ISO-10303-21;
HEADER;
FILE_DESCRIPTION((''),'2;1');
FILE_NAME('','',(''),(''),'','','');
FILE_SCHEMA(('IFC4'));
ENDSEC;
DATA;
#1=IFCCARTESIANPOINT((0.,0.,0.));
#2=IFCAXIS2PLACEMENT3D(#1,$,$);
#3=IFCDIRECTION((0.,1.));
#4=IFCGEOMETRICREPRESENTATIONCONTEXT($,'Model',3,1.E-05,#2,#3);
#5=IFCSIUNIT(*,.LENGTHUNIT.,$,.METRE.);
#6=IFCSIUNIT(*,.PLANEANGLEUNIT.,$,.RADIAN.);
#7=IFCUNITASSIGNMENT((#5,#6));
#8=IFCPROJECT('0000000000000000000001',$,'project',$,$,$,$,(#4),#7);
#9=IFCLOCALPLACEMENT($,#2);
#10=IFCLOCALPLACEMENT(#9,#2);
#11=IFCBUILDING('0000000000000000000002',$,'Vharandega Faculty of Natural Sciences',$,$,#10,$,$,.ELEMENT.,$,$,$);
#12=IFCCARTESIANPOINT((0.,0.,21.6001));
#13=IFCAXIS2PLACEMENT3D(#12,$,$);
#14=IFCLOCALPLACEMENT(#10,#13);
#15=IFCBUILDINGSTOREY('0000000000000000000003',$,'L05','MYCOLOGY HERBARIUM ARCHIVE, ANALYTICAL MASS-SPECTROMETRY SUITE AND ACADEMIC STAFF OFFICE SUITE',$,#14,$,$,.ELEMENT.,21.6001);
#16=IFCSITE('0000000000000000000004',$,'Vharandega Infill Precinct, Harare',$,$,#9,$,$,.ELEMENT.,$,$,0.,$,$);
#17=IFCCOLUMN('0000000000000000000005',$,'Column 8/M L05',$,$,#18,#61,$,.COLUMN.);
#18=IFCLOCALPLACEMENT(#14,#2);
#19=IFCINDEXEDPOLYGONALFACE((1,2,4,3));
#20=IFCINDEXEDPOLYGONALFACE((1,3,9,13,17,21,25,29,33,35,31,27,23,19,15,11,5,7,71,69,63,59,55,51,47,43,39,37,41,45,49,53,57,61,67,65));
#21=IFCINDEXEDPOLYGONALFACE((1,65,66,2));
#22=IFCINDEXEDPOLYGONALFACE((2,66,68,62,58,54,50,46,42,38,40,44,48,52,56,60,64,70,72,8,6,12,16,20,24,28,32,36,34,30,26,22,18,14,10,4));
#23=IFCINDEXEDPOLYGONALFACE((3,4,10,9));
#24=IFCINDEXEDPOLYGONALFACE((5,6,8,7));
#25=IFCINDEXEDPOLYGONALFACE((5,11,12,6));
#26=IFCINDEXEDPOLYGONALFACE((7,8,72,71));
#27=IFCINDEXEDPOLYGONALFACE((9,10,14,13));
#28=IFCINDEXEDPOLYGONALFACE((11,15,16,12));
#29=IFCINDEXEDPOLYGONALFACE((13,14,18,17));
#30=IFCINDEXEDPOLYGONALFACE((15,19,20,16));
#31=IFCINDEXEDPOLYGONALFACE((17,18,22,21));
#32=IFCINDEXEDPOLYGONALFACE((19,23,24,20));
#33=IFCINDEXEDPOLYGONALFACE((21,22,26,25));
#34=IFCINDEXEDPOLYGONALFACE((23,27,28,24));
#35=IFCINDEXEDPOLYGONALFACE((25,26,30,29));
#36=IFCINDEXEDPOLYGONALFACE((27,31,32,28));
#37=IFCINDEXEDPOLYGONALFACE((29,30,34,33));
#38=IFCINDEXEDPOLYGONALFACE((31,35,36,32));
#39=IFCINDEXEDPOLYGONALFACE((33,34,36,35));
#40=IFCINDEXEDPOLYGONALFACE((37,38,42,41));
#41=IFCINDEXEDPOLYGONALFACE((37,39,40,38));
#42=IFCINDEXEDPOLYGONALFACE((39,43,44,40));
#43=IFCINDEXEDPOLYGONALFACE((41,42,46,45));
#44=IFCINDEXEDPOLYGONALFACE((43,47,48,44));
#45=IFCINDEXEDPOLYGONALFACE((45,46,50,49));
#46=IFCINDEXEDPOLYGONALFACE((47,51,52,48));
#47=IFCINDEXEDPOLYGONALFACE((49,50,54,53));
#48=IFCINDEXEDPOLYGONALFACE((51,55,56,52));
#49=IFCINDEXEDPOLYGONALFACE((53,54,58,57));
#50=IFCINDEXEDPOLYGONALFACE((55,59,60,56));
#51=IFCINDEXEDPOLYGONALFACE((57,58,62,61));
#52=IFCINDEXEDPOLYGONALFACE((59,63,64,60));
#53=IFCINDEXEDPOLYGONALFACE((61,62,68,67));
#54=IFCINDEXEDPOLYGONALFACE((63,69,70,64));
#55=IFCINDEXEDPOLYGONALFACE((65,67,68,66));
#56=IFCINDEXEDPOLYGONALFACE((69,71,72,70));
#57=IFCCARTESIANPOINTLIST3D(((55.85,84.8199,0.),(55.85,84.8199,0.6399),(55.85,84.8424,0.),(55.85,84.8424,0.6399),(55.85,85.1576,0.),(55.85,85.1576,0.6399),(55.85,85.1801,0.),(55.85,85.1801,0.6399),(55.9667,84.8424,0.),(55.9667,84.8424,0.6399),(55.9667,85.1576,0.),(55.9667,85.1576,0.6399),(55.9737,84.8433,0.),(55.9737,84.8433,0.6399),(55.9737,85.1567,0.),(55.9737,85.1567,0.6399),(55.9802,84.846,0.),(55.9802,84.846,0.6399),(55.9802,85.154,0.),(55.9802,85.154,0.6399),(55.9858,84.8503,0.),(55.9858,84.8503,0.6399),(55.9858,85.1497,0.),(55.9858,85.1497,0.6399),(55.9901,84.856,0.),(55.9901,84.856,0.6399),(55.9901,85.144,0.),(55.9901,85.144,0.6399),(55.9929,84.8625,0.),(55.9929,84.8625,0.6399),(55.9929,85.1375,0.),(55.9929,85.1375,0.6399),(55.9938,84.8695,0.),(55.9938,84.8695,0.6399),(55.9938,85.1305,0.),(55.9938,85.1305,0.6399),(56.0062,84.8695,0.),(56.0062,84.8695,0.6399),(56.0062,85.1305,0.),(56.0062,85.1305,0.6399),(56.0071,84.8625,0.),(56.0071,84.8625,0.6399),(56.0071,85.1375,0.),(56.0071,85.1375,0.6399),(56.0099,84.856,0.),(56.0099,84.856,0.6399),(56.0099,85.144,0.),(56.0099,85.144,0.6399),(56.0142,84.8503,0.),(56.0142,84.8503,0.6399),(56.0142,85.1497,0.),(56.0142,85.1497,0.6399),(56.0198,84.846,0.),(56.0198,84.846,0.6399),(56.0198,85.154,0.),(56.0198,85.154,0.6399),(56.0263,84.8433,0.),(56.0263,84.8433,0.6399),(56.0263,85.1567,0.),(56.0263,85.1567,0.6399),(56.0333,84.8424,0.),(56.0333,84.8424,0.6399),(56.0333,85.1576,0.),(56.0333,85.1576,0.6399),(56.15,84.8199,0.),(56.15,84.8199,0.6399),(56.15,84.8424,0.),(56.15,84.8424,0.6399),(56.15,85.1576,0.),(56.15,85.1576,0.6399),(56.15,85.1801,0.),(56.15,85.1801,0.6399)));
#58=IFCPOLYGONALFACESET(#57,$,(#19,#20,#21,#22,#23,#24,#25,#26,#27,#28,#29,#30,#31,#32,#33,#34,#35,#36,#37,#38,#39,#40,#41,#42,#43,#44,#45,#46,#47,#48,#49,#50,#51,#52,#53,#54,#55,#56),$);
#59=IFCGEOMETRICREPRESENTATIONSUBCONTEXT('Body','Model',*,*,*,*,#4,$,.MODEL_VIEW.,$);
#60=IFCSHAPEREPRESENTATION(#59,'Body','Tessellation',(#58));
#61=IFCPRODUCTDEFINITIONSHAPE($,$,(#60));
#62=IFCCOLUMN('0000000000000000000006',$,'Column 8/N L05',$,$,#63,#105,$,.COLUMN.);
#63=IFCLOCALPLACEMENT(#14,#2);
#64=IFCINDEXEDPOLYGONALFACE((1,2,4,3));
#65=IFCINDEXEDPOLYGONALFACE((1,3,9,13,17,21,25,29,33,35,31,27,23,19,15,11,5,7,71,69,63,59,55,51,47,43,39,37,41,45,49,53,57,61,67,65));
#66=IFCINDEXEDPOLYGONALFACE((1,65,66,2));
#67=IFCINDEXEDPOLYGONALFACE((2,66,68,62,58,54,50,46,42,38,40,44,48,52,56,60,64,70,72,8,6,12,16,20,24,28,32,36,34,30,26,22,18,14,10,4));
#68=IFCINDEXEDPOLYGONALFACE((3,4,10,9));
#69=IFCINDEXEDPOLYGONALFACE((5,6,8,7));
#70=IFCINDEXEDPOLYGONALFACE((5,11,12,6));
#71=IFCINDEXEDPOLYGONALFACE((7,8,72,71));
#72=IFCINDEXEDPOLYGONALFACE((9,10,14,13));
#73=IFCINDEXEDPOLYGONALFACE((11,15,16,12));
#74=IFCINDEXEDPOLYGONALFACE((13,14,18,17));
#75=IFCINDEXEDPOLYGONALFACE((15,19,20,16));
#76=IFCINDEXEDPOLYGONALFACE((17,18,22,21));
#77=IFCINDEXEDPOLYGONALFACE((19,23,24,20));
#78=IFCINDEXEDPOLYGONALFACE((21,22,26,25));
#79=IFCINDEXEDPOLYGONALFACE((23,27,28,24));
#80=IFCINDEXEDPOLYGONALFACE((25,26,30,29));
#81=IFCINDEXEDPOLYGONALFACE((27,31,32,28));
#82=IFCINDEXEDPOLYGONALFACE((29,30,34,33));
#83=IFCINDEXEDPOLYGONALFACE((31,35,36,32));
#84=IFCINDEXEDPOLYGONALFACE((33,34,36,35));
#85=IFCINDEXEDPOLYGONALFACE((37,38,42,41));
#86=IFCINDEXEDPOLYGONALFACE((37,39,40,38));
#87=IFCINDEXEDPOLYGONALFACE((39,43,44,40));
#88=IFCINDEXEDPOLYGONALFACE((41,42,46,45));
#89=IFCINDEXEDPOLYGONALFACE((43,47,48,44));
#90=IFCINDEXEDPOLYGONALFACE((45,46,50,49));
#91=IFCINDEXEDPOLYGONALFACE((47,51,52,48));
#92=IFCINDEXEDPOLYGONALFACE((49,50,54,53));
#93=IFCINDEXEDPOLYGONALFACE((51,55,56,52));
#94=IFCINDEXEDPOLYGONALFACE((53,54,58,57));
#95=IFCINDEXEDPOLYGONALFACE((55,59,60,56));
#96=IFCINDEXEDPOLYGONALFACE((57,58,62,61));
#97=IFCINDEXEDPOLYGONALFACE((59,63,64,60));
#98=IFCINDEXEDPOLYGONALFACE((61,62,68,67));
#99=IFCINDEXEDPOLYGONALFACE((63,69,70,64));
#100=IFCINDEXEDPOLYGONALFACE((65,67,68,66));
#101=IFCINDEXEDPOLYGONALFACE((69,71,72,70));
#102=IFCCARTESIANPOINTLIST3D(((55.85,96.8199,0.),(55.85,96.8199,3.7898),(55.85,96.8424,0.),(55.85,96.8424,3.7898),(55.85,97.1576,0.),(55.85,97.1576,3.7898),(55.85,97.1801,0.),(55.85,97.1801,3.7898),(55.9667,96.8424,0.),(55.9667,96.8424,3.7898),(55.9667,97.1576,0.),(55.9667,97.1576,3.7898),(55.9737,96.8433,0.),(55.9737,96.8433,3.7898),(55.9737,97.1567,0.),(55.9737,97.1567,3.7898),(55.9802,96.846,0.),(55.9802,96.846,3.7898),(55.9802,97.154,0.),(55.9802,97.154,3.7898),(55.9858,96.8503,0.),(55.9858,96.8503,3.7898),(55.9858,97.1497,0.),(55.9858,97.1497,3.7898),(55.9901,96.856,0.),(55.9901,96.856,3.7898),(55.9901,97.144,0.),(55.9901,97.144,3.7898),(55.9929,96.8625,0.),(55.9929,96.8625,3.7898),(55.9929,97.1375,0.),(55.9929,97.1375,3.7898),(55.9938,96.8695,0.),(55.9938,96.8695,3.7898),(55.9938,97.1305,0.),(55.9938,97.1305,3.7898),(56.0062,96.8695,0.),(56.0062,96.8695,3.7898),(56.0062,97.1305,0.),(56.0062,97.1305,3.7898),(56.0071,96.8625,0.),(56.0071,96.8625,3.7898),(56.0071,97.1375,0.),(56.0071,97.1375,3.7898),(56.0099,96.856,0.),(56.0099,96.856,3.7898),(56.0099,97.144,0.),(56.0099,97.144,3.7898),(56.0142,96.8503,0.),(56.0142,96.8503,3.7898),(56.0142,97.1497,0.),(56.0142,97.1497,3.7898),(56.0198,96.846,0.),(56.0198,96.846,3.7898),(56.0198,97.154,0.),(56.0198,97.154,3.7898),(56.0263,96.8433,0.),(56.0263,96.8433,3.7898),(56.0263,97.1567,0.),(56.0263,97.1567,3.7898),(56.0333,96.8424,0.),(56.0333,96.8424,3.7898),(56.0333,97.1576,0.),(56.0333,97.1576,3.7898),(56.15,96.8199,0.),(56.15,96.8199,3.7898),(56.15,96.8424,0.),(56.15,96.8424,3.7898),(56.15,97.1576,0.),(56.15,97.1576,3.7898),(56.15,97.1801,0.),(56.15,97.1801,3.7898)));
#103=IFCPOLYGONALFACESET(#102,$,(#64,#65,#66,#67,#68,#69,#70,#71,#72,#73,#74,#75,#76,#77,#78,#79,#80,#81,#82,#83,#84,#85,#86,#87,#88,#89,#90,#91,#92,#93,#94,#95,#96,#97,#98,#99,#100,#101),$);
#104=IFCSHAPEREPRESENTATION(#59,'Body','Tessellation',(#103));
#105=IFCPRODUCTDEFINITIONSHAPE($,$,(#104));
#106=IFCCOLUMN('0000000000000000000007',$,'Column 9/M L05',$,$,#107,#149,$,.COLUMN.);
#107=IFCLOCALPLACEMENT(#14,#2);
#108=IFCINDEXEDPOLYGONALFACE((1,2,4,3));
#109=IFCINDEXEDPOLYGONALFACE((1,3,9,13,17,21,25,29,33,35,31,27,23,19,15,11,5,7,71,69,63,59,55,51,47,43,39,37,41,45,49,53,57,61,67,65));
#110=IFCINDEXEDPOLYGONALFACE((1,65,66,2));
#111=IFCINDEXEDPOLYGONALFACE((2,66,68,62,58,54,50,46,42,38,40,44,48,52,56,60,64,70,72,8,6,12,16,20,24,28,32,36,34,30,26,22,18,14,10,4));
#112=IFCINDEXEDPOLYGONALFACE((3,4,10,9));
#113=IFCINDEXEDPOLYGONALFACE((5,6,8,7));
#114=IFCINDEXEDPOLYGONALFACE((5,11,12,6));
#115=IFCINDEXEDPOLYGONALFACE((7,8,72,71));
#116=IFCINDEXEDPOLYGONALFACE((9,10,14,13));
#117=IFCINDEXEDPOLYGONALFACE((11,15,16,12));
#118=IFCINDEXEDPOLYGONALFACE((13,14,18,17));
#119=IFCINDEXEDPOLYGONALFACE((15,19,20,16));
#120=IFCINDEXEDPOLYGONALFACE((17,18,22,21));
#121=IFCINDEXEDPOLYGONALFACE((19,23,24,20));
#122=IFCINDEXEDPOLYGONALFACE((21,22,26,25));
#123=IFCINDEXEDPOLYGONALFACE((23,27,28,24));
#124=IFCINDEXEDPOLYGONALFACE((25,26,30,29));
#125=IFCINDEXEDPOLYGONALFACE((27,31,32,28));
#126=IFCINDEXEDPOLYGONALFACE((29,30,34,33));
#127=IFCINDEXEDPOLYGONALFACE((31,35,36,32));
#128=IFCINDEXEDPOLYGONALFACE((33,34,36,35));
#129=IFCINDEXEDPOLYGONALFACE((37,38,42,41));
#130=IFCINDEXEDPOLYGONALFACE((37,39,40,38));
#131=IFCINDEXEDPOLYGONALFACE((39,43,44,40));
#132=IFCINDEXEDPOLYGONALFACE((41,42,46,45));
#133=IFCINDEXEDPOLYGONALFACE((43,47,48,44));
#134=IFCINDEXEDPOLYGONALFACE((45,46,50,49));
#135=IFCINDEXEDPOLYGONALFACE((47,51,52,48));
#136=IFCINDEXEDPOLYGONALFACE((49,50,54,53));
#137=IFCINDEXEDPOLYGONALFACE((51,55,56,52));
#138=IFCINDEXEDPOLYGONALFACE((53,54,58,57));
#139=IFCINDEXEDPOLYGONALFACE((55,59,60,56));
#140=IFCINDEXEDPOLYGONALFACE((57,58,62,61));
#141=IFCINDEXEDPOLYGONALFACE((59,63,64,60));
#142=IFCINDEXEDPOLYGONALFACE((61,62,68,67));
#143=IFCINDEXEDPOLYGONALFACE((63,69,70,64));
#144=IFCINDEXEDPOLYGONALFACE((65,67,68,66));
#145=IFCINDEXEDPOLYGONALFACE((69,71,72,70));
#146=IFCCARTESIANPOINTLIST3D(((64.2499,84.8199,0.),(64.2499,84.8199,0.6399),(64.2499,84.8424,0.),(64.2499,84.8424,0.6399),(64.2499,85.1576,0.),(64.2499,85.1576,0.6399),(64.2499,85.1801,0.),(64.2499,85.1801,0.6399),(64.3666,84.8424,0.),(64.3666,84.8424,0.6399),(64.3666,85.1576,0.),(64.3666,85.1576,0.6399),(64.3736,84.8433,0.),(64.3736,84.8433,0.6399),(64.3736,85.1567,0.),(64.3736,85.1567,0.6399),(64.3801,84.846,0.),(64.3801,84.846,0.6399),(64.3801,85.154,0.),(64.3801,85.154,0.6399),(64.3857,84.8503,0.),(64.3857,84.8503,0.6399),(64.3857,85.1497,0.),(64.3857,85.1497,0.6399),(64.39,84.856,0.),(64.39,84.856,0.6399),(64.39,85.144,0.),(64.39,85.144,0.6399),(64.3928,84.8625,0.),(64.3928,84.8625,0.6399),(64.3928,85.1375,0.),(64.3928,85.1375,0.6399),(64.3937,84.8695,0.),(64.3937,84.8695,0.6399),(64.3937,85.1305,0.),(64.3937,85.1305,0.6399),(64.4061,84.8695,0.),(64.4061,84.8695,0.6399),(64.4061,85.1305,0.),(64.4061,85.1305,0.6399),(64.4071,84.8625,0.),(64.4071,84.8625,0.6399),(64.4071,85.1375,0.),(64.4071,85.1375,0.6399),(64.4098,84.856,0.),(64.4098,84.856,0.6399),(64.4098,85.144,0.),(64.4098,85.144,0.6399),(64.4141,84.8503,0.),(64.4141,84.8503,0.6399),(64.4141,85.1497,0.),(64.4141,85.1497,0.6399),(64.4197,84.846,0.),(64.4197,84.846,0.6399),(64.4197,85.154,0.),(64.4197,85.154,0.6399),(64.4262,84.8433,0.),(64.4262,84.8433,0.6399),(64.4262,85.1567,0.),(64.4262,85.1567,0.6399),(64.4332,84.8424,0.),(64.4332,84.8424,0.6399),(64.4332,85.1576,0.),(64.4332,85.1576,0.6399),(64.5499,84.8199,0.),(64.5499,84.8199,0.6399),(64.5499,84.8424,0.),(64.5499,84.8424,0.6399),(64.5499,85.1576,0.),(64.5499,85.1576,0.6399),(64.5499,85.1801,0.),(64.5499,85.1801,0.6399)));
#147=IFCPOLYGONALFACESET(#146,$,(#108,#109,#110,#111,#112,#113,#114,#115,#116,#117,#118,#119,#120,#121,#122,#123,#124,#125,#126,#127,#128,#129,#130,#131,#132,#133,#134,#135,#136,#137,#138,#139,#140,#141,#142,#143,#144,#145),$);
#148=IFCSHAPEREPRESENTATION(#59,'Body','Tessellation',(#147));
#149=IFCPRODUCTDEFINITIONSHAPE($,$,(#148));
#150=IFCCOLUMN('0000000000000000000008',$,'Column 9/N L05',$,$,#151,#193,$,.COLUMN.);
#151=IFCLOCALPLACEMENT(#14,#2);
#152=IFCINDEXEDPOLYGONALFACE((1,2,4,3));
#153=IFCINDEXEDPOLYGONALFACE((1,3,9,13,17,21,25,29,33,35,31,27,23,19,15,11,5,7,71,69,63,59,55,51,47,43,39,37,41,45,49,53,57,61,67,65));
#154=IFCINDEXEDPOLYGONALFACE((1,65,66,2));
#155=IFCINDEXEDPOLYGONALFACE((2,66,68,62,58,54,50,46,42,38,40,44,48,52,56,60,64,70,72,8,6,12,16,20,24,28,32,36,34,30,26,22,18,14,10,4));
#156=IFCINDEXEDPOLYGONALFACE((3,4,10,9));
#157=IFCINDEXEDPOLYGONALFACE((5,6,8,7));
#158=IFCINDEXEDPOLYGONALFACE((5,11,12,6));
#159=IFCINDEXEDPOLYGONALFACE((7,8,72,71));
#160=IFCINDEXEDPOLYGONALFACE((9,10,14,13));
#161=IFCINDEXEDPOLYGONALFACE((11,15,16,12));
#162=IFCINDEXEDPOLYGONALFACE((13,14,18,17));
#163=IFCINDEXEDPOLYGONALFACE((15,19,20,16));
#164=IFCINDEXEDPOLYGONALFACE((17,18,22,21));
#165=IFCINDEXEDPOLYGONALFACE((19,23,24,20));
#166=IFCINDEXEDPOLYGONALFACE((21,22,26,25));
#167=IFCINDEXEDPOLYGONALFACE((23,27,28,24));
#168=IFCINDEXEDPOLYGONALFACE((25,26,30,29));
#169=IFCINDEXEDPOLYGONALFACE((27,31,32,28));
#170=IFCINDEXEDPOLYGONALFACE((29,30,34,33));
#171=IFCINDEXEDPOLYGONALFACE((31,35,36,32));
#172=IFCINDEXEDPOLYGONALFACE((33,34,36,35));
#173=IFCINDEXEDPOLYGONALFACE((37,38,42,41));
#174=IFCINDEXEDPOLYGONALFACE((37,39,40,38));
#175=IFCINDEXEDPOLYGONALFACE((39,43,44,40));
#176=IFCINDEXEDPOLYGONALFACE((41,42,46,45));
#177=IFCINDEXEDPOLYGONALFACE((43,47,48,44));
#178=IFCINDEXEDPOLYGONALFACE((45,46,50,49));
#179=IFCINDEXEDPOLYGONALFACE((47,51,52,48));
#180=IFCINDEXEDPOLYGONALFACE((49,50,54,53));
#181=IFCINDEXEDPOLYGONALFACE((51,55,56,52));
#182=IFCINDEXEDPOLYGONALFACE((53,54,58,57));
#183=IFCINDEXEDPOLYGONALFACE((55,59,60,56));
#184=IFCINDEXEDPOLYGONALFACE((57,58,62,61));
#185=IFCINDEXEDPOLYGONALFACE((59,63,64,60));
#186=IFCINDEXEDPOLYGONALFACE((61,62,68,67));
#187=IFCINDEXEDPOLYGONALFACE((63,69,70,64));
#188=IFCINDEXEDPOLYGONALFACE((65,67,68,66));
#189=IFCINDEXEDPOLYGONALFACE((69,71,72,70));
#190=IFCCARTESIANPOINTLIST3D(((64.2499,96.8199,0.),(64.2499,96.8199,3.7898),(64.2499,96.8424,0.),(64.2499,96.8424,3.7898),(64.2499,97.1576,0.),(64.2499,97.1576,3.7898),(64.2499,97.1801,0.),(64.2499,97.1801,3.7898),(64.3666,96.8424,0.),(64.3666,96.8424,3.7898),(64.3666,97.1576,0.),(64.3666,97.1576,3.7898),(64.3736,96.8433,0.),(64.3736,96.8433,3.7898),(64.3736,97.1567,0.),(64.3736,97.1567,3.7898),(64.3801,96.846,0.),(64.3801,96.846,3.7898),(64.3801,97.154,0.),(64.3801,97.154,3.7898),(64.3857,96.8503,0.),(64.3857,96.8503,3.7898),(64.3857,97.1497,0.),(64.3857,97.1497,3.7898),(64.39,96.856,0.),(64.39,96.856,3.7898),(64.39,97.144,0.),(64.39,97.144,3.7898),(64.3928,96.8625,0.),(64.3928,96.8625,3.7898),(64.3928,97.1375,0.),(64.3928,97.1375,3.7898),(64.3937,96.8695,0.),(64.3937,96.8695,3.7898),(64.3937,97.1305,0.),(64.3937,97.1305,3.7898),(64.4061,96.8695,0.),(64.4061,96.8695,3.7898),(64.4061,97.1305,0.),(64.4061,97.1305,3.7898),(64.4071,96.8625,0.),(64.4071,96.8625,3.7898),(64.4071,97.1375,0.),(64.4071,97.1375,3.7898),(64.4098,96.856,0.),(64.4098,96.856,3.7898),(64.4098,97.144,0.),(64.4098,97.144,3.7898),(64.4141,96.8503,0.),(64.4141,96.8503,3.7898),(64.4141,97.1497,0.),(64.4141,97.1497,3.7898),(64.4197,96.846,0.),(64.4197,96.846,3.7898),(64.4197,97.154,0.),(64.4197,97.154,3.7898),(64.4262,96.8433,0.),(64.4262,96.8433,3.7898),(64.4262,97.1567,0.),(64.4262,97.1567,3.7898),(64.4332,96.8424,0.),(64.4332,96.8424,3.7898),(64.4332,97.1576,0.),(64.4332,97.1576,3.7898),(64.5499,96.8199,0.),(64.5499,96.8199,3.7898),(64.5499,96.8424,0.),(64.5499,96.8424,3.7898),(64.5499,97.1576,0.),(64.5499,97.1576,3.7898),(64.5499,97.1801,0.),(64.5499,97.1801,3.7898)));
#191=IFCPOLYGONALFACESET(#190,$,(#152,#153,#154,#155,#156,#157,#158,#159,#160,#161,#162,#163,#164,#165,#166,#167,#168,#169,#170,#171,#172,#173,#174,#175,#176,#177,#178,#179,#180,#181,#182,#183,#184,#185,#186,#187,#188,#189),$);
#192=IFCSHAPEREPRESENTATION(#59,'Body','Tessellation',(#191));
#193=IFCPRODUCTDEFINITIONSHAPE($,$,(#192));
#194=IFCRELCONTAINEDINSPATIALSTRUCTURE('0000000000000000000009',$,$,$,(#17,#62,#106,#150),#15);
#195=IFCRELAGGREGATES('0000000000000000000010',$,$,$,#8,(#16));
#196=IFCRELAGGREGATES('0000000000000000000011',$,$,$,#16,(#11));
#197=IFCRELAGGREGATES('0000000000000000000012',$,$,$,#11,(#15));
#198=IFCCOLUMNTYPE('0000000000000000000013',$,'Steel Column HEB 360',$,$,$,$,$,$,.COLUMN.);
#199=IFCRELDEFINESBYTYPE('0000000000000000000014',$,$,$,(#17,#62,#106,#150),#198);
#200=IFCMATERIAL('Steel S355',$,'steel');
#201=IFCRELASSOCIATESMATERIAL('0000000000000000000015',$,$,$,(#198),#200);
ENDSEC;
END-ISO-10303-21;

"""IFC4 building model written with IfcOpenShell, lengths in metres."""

from ifc_helpers import new_model, si_unit, direction, frame, origin, origin_2d, place, context, subcontext, project, spatial, i_section, extrude, material, material_profile, profile_set, type_object, element, save


model = new_model("IFC4")

# Units and contexts
model_context = context("Model", 3, precision=1e-05, world=origin(), true_north=direction((0.0, 1.0)))
body_context = subcontext(model_context, "Body", "Model", "MODEL_VIEW")
ifc_project = project(units=[si_unit("LENGTHUNIT", "METRE"), si_unit("PLANEANGLEUNIT", "RADIAN")], contexts=[model_context])

# Site, building, storey
site_placement = place(None, origin())
site = spatial("IfcSite", under=ifc_project, at=site_placement, Name="Vharandega Infill Precinct, Harare", CompositionType="ELEMENT", RefElevation=0.0)
building_placement = place(site_placement, origin())
building = spatial("IfcBuilding", under=site, at=building_placement, Name="Vharandega Faculty of Natural Sciences", CompositionType="ELEMENT")
storey_placement = place(building_placement, frame((0.0, 0.0, 21.6001)))
storey = spatial("IfcBuildingStorey", under=building, at=storey_placement, Name="L05", Description="MYCOLOGY HERBARIUM ARCHIVE, ANALYTICAL MASS-SPECTROMETRY SUITE AND ACADEMIC STAFF OFFICE SUITE", CompositionType="ELEMENT", Elevation=21.6001)

# Columns
ifc_material_1 = material(Name="Steel S355", Category="steel")
ifc_material_profile_1 = material_profile(ifc_material_1, i_section(OverallWidth=0.3, OverallDepth=0.3601, WebThickness=0.0125, FlangeThickness=0.0225, FilletRadius=0.0271, at=origin_2d()), Name="HEB 360")
ifc_profile_set_1 = profile_set([ifc_material_profile_1], Name="Steel S355")
column_type_1 = type_object("IfcColumnType", Name="Steel Column HEB 360", PredefinedType="COLUMN", material=ifc_profile_set_1)
column_1_placement = place(storey_placement, frame((56.0, 85.0, 0.0), z_axis=(0.0, 0.0, 1.0), x_axis=(1.0, 0.0, 0.0)))
element("IfcColumn", 1, at=column_1_placement, inside=storey, type_object=column_type_1, Name="Column 8/M L05", PredefinedType="COLUMN", context=body_context, shape_type="SweptSolid", body=[
    extrude(i_section(OverallWidth=0.3, OverallDepth=0.3601, WebThickness=0.0125, FlangeThickness=0.0225, FilletRadius=0.0271, at=origin_2d()), origin(), (0.0, 0.0, 1.0), 0.6399),
])
column_2_placement = place(storey_placement, frame((56.0, 97.0, 0.0), z_axis=(0.0, 0.0, 1.0), x_axis=(1.0, 0.0, 0.0)))
element("IfcColumn", 2, at=column_2_placement, inside=storey, type_object=column_type_1, Name="Column 8/N L05", PredefinedType="COLUMN", context=body_context, shape_type="SweptSolid", body=[
    extrude(i_section(OverallWidth=0.3, OverallDepth=0.3601, WebThickness=0.0125, FlangeThickness=0.0225, FilletRadius=0.0271, at=origin_2d()), origin(), (0.0, 0.0, 1.0), 3.7898),
])
column_3_placement = place(storey_placement, frame((64.3999, 85.0, 0.0), z_axis=(0.0, 0.0, 1.0), x_axis=(1.0, 0.0, 0.0)))
element("IfcColumn", 3, at=column_3_placement, inside=storey, type_object=column_type_1, Name="Column 9/M L05", PredefinedType="COLUMN", context=body_context, shape_type="SweptSolid", body=[
    extrude(i_section(OverallWidth=0.3, OverallDepth=0.3601, WebThickness=0.0125, FlangeThickness=0.0225, FilletRadius=0.0271, at=origin_2d()), origin(), (0.0, 0.0, 1.0), 0.6399),
])
column_4_placement = place(storey_placement, frame((64.3999, 97.0, 0.0), z_axis=(0.0, 0.0, 1.0), x_axis=(1.0, 0.0, 0.0)))
element("IfcColumn", 4, at=column_4_placement, inside=storey, type_object=column_type_1, Name="Column 9/N L05", PredefinedType="COLUMN", context=body_context, shape_type="SweptSolid", body=[
    extrude(i_section(OverallWidth=0.3, OverallDepth=0.3601, WebThickness=0.0125, FlangeThickness=0.0225, FilletRadius=0.0271, at=origin_2d()), origin(), (0.0, 0.0, 1.0), 3.7898),
])

save(model, "model.ifc")
